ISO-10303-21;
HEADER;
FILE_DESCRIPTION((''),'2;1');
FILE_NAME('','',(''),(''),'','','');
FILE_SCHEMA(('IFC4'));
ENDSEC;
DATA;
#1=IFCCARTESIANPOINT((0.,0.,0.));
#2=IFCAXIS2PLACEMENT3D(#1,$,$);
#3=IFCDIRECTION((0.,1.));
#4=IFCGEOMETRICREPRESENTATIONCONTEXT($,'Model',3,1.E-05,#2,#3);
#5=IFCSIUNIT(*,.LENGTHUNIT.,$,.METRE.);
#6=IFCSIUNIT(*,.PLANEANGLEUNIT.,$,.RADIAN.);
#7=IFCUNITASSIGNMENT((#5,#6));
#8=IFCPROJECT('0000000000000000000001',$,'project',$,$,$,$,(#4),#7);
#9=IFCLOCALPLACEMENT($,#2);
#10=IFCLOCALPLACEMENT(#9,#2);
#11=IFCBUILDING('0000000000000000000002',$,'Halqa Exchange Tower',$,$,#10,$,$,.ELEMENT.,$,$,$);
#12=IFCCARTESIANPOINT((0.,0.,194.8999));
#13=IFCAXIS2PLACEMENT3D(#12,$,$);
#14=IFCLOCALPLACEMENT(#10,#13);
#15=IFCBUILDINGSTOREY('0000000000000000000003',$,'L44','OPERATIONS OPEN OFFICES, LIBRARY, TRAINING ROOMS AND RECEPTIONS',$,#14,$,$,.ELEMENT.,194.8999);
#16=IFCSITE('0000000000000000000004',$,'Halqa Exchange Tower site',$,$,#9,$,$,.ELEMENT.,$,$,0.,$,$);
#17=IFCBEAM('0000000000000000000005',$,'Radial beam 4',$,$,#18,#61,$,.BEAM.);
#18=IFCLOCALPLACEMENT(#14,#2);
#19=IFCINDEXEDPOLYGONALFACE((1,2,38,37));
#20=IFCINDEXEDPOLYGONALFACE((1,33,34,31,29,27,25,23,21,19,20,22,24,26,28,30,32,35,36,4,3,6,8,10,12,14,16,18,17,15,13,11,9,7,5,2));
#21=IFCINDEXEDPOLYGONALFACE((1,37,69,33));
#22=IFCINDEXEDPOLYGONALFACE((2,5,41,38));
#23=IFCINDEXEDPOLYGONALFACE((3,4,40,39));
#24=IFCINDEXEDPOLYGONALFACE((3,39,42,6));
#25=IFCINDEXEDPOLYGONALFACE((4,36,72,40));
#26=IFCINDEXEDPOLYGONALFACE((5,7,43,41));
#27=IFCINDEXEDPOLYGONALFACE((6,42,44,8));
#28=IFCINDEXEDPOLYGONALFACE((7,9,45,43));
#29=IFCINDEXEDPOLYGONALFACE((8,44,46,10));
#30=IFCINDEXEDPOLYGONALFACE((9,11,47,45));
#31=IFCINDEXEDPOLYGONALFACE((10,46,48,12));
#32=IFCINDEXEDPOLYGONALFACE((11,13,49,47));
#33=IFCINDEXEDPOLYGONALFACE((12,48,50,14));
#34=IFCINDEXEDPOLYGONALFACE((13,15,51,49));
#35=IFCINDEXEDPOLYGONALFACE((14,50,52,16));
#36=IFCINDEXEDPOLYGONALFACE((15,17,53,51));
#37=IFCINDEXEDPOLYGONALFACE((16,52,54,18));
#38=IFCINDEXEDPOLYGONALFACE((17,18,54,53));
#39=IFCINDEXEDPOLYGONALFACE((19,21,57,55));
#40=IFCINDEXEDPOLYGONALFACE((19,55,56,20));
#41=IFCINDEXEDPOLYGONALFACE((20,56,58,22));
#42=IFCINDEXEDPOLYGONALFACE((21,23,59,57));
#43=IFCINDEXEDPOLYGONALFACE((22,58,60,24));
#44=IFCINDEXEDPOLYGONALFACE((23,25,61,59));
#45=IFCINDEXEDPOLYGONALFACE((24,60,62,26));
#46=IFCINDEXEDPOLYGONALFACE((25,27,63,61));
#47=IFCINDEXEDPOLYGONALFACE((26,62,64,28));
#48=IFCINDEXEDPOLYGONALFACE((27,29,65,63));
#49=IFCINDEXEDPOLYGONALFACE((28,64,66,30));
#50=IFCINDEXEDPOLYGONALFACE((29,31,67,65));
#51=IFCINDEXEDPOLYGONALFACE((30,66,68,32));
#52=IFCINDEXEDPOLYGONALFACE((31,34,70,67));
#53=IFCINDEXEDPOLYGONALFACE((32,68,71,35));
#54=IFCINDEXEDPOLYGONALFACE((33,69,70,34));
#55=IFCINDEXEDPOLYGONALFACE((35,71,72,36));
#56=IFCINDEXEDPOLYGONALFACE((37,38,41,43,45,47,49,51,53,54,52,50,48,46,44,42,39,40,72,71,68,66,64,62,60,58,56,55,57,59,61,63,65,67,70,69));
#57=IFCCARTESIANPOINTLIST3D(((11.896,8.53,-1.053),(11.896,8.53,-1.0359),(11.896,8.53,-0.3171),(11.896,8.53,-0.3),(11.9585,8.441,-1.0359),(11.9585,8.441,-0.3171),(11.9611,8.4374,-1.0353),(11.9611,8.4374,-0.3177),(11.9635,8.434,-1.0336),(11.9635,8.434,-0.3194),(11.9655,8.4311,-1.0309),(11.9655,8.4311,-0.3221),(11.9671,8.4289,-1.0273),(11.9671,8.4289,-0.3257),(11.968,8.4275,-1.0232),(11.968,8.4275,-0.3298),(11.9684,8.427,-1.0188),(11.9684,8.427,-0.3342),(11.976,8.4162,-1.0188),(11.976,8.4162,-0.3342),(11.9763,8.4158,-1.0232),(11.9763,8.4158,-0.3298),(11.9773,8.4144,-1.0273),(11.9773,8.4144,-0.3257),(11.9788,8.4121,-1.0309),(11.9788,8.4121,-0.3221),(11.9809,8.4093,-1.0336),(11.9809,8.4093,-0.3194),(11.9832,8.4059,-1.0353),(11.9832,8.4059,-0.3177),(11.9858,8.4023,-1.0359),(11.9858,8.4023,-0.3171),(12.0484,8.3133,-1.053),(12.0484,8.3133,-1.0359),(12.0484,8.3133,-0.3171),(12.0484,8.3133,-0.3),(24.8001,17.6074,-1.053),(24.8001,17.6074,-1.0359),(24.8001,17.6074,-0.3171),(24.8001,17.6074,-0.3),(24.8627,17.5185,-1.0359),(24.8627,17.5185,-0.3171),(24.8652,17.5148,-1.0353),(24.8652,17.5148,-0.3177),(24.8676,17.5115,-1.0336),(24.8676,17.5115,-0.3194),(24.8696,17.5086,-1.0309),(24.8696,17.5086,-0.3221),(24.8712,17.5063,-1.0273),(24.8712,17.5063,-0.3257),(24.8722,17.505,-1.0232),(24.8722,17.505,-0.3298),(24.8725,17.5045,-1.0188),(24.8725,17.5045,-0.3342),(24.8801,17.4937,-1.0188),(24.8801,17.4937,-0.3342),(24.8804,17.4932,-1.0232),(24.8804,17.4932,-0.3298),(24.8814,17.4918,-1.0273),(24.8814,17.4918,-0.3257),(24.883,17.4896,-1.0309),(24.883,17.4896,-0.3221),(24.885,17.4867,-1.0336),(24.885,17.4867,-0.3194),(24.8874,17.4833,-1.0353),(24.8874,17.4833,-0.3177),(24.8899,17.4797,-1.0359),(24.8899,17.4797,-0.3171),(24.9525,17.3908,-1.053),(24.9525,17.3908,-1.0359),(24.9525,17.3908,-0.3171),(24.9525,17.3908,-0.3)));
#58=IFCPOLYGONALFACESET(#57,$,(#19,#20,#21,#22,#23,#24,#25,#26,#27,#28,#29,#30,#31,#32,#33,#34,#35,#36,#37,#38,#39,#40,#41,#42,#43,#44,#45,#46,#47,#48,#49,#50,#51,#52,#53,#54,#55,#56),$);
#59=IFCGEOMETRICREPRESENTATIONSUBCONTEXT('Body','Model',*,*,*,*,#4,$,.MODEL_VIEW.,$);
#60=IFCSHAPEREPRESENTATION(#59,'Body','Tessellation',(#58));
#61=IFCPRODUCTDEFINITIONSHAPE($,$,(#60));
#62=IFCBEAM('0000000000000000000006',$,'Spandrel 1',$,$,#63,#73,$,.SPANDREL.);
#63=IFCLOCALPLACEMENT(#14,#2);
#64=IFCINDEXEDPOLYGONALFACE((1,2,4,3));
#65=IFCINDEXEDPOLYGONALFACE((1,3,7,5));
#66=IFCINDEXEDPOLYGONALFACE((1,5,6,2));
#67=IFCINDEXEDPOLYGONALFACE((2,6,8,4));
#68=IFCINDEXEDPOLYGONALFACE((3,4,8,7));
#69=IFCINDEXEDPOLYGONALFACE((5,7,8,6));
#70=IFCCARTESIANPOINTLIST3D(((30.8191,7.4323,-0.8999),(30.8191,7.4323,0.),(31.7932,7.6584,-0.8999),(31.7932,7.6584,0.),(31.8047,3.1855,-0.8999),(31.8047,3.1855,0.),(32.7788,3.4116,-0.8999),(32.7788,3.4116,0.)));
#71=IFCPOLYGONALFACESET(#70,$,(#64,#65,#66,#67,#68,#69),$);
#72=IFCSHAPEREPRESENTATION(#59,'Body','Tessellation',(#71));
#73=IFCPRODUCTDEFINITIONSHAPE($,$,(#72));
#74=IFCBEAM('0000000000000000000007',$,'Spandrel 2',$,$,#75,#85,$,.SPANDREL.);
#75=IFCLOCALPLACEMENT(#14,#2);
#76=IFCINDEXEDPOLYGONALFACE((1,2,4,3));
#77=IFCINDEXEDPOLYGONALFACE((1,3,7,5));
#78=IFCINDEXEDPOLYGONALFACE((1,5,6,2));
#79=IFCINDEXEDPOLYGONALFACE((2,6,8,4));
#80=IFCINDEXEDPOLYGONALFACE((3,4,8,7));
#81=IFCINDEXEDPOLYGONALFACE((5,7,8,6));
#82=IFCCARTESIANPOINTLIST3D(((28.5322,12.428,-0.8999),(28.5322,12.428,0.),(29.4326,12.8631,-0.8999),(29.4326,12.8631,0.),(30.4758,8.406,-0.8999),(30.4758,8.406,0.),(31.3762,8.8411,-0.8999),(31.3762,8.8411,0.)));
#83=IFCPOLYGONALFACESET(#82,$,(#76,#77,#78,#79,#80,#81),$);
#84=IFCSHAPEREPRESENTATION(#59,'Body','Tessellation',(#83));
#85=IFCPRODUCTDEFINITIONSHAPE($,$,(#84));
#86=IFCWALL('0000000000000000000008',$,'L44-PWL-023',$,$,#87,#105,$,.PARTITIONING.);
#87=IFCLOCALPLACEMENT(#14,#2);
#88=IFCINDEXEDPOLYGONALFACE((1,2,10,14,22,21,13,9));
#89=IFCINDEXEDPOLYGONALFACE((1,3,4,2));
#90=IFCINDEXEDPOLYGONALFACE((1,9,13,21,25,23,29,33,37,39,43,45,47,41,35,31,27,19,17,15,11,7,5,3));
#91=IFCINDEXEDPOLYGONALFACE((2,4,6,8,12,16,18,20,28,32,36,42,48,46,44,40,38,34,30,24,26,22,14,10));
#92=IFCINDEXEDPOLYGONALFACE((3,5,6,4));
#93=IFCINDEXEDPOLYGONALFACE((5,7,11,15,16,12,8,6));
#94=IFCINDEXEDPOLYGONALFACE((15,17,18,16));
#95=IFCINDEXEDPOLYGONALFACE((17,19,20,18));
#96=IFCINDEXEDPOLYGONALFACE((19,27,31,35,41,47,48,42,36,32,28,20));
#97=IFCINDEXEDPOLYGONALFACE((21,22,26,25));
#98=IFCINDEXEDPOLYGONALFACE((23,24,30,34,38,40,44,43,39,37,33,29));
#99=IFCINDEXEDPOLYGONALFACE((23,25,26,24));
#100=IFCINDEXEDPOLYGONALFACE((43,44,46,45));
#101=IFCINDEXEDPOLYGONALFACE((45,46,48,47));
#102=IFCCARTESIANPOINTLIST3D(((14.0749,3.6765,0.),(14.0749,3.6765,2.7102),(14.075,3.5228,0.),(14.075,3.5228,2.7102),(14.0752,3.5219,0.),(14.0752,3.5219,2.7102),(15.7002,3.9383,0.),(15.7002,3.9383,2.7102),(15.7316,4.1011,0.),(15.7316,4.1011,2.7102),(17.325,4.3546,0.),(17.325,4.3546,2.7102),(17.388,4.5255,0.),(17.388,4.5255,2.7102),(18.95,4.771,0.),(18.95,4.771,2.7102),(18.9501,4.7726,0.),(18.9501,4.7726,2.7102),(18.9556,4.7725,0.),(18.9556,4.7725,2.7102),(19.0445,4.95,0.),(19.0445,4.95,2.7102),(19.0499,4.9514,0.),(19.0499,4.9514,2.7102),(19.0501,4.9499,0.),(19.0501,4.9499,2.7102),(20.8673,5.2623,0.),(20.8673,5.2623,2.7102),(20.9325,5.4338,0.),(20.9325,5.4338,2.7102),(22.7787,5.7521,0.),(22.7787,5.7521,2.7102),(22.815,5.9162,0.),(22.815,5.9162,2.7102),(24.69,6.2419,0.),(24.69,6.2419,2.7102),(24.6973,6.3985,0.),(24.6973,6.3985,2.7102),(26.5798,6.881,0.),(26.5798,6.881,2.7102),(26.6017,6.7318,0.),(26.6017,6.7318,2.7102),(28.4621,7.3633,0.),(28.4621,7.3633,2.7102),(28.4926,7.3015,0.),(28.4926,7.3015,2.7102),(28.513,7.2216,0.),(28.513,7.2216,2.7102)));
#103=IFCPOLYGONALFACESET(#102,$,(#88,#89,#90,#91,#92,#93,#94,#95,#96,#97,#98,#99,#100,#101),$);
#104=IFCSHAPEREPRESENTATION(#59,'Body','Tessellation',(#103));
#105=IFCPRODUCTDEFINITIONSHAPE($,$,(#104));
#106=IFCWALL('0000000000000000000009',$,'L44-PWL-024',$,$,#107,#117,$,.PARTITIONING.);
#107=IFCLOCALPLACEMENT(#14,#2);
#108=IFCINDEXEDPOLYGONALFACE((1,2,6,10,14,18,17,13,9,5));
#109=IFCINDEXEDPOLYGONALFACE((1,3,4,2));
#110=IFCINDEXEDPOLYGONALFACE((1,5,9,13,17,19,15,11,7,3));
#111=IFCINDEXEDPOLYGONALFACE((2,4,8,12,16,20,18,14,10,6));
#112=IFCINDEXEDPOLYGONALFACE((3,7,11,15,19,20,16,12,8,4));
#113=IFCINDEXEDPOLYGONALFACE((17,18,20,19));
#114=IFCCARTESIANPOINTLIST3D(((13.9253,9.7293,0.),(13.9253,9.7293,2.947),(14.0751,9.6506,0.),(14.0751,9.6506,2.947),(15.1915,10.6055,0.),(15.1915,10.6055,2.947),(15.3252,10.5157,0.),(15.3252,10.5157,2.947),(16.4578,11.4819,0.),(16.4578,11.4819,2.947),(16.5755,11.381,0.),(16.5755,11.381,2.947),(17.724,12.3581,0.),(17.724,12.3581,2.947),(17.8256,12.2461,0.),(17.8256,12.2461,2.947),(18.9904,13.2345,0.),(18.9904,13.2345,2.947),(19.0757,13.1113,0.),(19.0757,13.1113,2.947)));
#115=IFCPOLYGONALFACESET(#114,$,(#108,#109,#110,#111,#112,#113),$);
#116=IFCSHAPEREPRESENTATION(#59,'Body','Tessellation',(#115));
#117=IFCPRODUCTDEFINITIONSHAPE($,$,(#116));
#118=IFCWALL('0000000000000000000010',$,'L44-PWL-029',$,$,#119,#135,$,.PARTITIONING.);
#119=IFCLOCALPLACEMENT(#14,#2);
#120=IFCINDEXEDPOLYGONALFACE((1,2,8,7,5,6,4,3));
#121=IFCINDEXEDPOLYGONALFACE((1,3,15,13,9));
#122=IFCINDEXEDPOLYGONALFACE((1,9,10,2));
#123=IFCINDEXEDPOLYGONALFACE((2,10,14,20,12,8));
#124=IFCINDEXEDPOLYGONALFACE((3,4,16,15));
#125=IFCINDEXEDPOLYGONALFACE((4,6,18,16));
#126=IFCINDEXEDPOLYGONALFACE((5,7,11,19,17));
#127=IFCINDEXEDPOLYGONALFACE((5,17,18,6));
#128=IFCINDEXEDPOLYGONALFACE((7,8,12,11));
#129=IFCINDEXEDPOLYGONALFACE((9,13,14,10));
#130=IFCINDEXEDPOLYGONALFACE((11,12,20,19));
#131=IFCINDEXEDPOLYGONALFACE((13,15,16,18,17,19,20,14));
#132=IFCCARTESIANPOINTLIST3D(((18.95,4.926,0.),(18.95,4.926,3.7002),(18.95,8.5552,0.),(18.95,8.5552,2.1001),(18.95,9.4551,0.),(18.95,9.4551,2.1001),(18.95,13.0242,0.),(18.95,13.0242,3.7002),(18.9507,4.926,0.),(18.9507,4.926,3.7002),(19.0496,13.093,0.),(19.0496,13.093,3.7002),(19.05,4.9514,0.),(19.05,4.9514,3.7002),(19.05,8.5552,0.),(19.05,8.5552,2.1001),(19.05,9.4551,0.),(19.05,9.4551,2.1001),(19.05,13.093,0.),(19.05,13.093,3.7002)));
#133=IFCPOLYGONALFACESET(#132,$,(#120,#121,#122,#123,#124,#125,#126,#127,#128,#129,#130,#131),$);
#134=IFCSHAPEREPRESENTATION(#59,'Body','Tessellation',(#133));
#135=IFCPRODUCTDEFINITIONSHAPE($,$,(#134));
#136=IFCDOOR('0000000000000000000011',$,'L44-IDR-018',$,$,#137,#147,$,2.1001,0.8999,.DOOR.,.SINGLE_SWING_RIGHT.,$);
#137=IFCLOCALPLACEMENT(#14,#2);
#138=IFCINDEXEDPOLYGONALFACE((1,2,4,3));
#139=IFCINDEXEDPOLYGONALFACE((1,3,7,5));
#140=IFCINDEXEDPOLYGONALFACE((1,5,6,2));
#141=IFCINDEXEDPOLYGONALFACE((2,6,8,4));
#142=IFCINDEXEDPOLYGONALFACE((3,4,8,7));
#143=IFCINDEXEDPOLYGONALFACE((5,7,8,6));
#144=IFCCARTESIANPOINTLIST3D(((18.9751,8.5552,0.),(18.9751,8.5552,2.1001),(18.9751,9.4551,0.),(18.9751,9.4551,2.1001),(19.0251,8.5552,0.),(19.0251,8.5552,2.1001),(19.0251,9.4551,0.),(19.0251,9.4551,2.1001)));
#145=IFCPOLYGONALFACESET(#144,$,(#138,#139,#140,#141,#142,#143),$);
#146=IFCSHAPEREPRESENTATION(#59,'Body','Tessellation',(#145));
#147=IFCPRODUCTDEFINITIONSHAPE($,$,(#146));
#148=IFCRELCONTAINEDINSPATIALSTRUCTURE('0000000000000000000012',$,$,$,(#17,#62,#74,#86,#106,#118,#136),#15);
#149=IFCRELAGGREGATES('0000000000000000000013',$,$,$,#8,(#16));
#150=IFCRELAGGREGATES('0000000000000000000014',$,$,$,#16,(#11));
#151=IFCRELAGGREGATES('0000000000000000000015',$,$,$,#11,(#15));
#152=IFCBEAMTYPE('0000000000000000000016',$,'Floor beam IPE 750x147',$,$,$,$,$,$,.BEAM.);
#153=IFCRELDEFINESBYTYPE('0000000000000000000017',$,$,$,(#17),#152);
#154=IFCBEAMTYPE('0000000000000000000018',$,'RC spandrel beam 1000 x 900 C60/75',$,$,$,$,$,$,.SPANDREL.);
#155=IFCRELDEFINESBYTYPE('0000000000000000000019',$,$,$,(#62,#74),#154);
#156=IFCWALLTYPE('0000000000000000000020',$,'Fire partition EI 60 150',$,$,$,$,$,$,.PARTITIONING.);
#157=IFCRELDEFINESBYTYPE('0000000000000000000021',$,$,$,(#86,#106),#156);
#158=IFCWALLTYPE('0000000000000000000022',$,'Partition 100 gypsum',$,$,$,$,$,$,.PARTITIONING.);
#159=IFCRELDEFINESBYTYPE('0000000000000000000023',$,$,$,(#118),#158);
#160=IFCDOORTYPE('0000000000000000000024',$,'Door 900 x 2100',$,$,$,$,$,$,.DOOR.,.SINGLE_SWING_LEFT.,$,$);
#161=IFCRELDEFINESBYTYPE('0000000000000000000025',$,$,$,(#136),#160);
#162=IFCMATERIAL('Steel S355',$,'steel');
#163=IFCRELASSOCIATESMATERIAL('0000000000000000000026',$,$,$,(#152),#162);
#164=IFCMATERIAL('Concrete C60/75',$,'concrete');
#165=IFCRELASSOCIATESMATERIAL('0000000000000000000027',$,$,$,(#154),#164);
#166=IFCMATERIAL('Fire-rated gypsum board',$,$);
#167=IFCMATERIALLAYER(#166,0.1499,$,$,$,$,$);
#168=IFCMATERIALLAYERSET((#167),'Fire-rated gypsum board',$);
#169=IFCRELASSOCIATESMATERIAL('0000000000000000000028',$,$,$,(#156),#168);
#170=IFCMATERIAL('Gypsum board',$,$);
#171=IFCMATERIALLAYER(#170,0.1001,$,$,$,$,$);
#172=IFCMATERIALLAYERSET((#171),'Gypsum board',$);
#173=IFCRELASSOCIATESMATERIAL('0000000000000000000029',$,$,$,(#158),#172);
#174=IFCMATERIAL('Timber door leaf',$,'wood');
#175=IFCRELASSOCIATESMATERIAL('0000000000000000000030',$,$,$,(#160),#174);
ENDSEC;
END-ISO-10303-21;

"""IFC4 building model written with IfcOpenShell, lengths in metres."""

from ifc_helpers import new_model, si_unit, direction, frame, frame_2d, origin, origin_2d, place, context, subcontext, project, spatial, polyline, rectangle, i_section, outline, extrude, material, layer, layer_set, material_profile, profile_set, type_object, element, fill, save


model = new_model("IFC4")

# Units and contexts
model_context = context("Model", 3, precision=1e-05, world=origin(), true_north=direction((0.0, 1.0)))
body_context = subcontext(model_context, "Body", "Model", "MODEL_VIEW")
ifc_project = project(units=[si_unit("LENGTHUNIT", "METRE"), si_unit("PLANEANGLEUNIT", "RADIAN")], contexts=[model_context])

# Site, building, storey
site_placement = place(None, origin())
site = spatial("IfcSite", under=ifc_project, at=site_placement, Name="Halqa Exchange Tower site", CompositionType="ELEMENT", RefElevation=0.0)
building_placement = place(site_placement, origin())
building = spatial("IfcBuilding", under=site, at=building_placement, Name="Halqa Exchange Tower", CompositionType="ELEMENT")
storey_placement = place(building_placement, frame((0.0, 0.0, 194.8999)))
storey = spatial("IfcBuildingStorey", under=building, at=storey_placement, Name="L44", Description="OPERATIONS OPEN OFFICES, LIBRARY, TRAINING ROOMS AND RECEPTIONS", CompositionType="ELEMENT", Elevation=194.8999)

# Shared definitions
ifc_material_1 = material(Name="Concrete C60/75", Category="concrete")

# Beams
ifc_material_2 = material(Name="Steel S355", Category="steel")
ifc_material_profile_1 = material_profile(ifc_material_2, i_section(OverallWidth=0.2649, OverallDepth=0.7529, WebThickness=0.0132, FlangeThickness=0.0171, FilletRadius=0.0171, at=origin_2d()), Name="IPE 750x147")
ifc_profile_set_1 = profile_set([ifc_material_profile_1], Name="Steel S355")
beam_type_1 = type_object("IfcBeamType", Name="Floor beam IPE 750x147", PredefinedType="BEAM", material=ifc_profile_set_1)
beam_1_placement = place(storey_placement, frame((11.9722, 8.4216, -0.6765), z_axis=(0.817903, 0.575356, 0.0), x_axis=(-0.575356, 0.817903, 0.0)))
element("IfcBeam", 1, at=beam_1_placement, inside=storey, type_object=beam_type_1, Name="Radial beam 4", PredefinedType="BEAM", context=body_context, shape_type="SweptSolid", body=[
    extrude(i_section(OverallWidth=0.2649, OverallDepth=0.7529, WebThickness=0.0132, FlangeThickness=0.0171, FilletRadius=0.0171, at=origin_2d()), origin(), (0.0, 0.0, 1.0), 15.7771),
])
ifc_material_profile_2 = material_profile(ifc_material_1, rectangle(XDim=1.0, YDim=0.8999, at=origin_2d()), Name="1000 x 900")
ifc_profile_set_2 = profile_set([ifc_material_profile_2], Name="Concrete C60/75")
beam_type_2 = type_object("IfcBeamType", Name="RC spandrel beam 1000 x 900 C60/75", PredefinedType="SPANDREL", material=ifc_profile_set_2)
beam_2_placement = place(storey_placement, frame((32.2917, 3.2986, -0.45), z_axis=(-0.22607, 0.974111, 0.0), x_axis=(-0.974111, -0.22607, 0.0)))
element("IfcBeam", 2, at=beam_2_placement, inside=storey, type_object=beam_type_2, Name="Spandrel 1", PredefinedType="SPANDREL", context=body_context, shape_type="SweptSolid", body=[
    extrude(rectangle(XDim=1.0, YDim=0.8999, at=origin_2d()), origin(), (0.0, 0.0, 1.0), 4.3596),
])
beam_3_placement = place(storey_placement, frame((30.926, 8.6235, -0.45), z_axis=(-0.435105, 0.90038, 0.0), x_axis=(-0.90038, -0.435105, 0.0)))
element("IfcBeam", 3, at=beam_3_placement, inside=storey, type_object=beam_type_2, Name="Spandrel 2", PredefinedType="SPANDREL", context=body_context, shape_type="SweptSolid", body=[
    extrude(rectangle(XDim=1.0, YDim=0.8999, at=origin_2d()), origin(), (0.0, 0.0, 1.0), 4.467),
])

# Walls
ifc_material_3 = material(Name="Fire-rated gypsum board")
ifc_layer_1 = layer(ifc_material_3, 0.1499)
ifc_layer_set_1 = layer_set([ifc_layer_1], Name="Fire-rated gypsum board")
wall_type_1 = type_object("IfcWallType", Name="Fire partition EI 60 150", PredefinedType="PARTITIONING", material=ifc_layer_set_1)
wall_1_placement = place(storey_placement, frame((14.0566, 3.5945, 0.0), z_axis=(0.0, 0.0, 1.0), x_axis=(0.968701, 0.248232, 0.0)))
element("IfcWall", 4, at=wall_1_placement, inside=storey, type_object=wall_type_1, Name="L44-PWL-023", PredefinedType="PARTITIONING", context=body_context, shape_type="SweptSolid", body=[
    extrude(outline(polyline([(0.0, -0.075), (1.6775, -0.075), (3.3547, -0.075), (5.0322, -0.075), (5.0327, -0.0735), (5.0381, -0.075), (7.0115, -0.075), (8.9846, -0.075), (10.9578, -0.075), (12.9312, -0.075), (14.9043, -0.075), (14.9043, 0.0076), (14.8901, 0.075), (12.947, 0.075), (11.0037, 0.075), (9.0605, 0.075), (7.1172, 0.075), (5.1738, 0.075), (5.1736, 0.0735), (5.1682, 0.075), (3.4583, 0.075), (1.7483, 0.075), (0.0381, 0.075), (0.0, -0.074), (0.0, -0.075)])), origin(), (0.0, 0.0, 1.0), 2.7102),
])
wall_2_placement = place(storey_placement, frame((13.9678, 9.6675, 0.0), z_axis=(0.0, 0.0, 1.0), x_axis=(0.822291, 0.569068, 0.0)))
element("IfcWall", 5, at=wall_2_placement, inside=storey, type_object=wall_type_1, Name="L44-PWL-024", PredefinedType="PARTITIONING", context=body_context, shape_type="SweptSolid", body=[
    extrude(outline(polyline([(6.1599, 0.075), (4.6199, 0.075), (3.0801, 0.075), (1.54, 0.075), (0.0002, 0.075), (0.0786, -0.075), (1.5989, -0.075), (3.1194, -0.075), (4.6396, -0.075), (6.1599, -0.075), (6.1599, 0.075)])), origin(), (0.0, 0.0, 1.0), 2.947),
])

# Wall, opening, door
ifc_material_4 = material(Name="Gypsum board")
ifc_layer_2 = layer(ifc_material_4, 0.1001)
ifc_layer_set_2 = layer_set([ifc_layer_2], Name="Gypsum board")
wall_type_2 = type_object("IfcWallType", Name="Partition 100 gypsum", PredefinedType="PARTITIONING", material=ifc_layer_set_2)
ifc_material_5 = material(Name="Timber door leaf", Category="wood")
door_type = type_object("IfcDoorType", Name="Door 900 x 2100", OperationType="SINGLE_SWING_LEFT", PredefinedType="DOOR", material=ifc_material_5)
wall_3_placement = place(storey_placement, frame((19.0, 13.093, 0.0), z_axis=(0.0, 0.0, 1.0), x_axis=(0.0, -1.0, 0.0)))
wall_3 = element("IfcWall", 6, at=wall_3_placement, inside=storey, type_object=wall_type_2, Name="L44-PWL-029", PredefinedType="PARTITIONING", context=body_context, shape_type="SweptSolid", body=[
    extrude(outline(polyline([(8.167, -0.05), (8.167, -0.0493), (8.1416, 0.05), (6.5132, 0.05), (4.885, 0.05), (3.2566, 0.05), (1.6284, 0.05), (0.0, 0.05), (0.0, 0.0496), (0.0688, -0.05), (1.6885, -0.05), (3.3081, -0.05), (4.9277, -0.05), (6.5474, -0.05), (8.167, -0.05)])), origin(), (0.0, 0.0, 1.0), 3.7002),
])
opening_1_placement = place(wall_3_placement, frame((3.6379, 0.0, 0.0)))
opening_1 = element("IfcOpeningElement", 7, at=opening_1_placement, cuts=wall_3, PredefinedType="OPENING", context=body_context, shape_type="SweptSolid", body=[
    extrude(rectangle(XDim=0.8999, YDim=2.1001, at=frame_2d((0.45, 1.05))), frame((0.0, 0.062, 0.0), z_axis=(0.0, -1.0, 0.0), x_axis=(1.0, 0.0, 0.0)), (0.0, 0.0, 1.0), 0.124),
])
door_1_placement = place(opening_1_placement, frame((0.8999, 0.0, 0.0), z_axis=(0.0, 0.0, 1.0), x_axis=(-1.0, 0.0, 0.0)))
door_1 = element("IfcDoor", 8, at=door_1_placement, inside=storey, type_object=door_type, Name="L44-IDR-018", OperationType="SINGLE_SWING_RIGHT", OverallHeight=2.1001, OverallWidth=0.8999, PredefinedType="DOOR", context=body_context, shape_type="SweptSolid", body=[
    extrude(rectangle(XDim=0.8999, YDim=2.1001, at=frame_2d((0.45, 1.05))), frame((0.0, 0.0249, 0.0), z_axis=(0.0, -1.0, 0.0), x_axis=(1.0, 0.0, 0.0)), (0.0, 0.0, 1.0), 0.05),
])
fill(opening_1, door_1)

save(model, "model.ifc")
